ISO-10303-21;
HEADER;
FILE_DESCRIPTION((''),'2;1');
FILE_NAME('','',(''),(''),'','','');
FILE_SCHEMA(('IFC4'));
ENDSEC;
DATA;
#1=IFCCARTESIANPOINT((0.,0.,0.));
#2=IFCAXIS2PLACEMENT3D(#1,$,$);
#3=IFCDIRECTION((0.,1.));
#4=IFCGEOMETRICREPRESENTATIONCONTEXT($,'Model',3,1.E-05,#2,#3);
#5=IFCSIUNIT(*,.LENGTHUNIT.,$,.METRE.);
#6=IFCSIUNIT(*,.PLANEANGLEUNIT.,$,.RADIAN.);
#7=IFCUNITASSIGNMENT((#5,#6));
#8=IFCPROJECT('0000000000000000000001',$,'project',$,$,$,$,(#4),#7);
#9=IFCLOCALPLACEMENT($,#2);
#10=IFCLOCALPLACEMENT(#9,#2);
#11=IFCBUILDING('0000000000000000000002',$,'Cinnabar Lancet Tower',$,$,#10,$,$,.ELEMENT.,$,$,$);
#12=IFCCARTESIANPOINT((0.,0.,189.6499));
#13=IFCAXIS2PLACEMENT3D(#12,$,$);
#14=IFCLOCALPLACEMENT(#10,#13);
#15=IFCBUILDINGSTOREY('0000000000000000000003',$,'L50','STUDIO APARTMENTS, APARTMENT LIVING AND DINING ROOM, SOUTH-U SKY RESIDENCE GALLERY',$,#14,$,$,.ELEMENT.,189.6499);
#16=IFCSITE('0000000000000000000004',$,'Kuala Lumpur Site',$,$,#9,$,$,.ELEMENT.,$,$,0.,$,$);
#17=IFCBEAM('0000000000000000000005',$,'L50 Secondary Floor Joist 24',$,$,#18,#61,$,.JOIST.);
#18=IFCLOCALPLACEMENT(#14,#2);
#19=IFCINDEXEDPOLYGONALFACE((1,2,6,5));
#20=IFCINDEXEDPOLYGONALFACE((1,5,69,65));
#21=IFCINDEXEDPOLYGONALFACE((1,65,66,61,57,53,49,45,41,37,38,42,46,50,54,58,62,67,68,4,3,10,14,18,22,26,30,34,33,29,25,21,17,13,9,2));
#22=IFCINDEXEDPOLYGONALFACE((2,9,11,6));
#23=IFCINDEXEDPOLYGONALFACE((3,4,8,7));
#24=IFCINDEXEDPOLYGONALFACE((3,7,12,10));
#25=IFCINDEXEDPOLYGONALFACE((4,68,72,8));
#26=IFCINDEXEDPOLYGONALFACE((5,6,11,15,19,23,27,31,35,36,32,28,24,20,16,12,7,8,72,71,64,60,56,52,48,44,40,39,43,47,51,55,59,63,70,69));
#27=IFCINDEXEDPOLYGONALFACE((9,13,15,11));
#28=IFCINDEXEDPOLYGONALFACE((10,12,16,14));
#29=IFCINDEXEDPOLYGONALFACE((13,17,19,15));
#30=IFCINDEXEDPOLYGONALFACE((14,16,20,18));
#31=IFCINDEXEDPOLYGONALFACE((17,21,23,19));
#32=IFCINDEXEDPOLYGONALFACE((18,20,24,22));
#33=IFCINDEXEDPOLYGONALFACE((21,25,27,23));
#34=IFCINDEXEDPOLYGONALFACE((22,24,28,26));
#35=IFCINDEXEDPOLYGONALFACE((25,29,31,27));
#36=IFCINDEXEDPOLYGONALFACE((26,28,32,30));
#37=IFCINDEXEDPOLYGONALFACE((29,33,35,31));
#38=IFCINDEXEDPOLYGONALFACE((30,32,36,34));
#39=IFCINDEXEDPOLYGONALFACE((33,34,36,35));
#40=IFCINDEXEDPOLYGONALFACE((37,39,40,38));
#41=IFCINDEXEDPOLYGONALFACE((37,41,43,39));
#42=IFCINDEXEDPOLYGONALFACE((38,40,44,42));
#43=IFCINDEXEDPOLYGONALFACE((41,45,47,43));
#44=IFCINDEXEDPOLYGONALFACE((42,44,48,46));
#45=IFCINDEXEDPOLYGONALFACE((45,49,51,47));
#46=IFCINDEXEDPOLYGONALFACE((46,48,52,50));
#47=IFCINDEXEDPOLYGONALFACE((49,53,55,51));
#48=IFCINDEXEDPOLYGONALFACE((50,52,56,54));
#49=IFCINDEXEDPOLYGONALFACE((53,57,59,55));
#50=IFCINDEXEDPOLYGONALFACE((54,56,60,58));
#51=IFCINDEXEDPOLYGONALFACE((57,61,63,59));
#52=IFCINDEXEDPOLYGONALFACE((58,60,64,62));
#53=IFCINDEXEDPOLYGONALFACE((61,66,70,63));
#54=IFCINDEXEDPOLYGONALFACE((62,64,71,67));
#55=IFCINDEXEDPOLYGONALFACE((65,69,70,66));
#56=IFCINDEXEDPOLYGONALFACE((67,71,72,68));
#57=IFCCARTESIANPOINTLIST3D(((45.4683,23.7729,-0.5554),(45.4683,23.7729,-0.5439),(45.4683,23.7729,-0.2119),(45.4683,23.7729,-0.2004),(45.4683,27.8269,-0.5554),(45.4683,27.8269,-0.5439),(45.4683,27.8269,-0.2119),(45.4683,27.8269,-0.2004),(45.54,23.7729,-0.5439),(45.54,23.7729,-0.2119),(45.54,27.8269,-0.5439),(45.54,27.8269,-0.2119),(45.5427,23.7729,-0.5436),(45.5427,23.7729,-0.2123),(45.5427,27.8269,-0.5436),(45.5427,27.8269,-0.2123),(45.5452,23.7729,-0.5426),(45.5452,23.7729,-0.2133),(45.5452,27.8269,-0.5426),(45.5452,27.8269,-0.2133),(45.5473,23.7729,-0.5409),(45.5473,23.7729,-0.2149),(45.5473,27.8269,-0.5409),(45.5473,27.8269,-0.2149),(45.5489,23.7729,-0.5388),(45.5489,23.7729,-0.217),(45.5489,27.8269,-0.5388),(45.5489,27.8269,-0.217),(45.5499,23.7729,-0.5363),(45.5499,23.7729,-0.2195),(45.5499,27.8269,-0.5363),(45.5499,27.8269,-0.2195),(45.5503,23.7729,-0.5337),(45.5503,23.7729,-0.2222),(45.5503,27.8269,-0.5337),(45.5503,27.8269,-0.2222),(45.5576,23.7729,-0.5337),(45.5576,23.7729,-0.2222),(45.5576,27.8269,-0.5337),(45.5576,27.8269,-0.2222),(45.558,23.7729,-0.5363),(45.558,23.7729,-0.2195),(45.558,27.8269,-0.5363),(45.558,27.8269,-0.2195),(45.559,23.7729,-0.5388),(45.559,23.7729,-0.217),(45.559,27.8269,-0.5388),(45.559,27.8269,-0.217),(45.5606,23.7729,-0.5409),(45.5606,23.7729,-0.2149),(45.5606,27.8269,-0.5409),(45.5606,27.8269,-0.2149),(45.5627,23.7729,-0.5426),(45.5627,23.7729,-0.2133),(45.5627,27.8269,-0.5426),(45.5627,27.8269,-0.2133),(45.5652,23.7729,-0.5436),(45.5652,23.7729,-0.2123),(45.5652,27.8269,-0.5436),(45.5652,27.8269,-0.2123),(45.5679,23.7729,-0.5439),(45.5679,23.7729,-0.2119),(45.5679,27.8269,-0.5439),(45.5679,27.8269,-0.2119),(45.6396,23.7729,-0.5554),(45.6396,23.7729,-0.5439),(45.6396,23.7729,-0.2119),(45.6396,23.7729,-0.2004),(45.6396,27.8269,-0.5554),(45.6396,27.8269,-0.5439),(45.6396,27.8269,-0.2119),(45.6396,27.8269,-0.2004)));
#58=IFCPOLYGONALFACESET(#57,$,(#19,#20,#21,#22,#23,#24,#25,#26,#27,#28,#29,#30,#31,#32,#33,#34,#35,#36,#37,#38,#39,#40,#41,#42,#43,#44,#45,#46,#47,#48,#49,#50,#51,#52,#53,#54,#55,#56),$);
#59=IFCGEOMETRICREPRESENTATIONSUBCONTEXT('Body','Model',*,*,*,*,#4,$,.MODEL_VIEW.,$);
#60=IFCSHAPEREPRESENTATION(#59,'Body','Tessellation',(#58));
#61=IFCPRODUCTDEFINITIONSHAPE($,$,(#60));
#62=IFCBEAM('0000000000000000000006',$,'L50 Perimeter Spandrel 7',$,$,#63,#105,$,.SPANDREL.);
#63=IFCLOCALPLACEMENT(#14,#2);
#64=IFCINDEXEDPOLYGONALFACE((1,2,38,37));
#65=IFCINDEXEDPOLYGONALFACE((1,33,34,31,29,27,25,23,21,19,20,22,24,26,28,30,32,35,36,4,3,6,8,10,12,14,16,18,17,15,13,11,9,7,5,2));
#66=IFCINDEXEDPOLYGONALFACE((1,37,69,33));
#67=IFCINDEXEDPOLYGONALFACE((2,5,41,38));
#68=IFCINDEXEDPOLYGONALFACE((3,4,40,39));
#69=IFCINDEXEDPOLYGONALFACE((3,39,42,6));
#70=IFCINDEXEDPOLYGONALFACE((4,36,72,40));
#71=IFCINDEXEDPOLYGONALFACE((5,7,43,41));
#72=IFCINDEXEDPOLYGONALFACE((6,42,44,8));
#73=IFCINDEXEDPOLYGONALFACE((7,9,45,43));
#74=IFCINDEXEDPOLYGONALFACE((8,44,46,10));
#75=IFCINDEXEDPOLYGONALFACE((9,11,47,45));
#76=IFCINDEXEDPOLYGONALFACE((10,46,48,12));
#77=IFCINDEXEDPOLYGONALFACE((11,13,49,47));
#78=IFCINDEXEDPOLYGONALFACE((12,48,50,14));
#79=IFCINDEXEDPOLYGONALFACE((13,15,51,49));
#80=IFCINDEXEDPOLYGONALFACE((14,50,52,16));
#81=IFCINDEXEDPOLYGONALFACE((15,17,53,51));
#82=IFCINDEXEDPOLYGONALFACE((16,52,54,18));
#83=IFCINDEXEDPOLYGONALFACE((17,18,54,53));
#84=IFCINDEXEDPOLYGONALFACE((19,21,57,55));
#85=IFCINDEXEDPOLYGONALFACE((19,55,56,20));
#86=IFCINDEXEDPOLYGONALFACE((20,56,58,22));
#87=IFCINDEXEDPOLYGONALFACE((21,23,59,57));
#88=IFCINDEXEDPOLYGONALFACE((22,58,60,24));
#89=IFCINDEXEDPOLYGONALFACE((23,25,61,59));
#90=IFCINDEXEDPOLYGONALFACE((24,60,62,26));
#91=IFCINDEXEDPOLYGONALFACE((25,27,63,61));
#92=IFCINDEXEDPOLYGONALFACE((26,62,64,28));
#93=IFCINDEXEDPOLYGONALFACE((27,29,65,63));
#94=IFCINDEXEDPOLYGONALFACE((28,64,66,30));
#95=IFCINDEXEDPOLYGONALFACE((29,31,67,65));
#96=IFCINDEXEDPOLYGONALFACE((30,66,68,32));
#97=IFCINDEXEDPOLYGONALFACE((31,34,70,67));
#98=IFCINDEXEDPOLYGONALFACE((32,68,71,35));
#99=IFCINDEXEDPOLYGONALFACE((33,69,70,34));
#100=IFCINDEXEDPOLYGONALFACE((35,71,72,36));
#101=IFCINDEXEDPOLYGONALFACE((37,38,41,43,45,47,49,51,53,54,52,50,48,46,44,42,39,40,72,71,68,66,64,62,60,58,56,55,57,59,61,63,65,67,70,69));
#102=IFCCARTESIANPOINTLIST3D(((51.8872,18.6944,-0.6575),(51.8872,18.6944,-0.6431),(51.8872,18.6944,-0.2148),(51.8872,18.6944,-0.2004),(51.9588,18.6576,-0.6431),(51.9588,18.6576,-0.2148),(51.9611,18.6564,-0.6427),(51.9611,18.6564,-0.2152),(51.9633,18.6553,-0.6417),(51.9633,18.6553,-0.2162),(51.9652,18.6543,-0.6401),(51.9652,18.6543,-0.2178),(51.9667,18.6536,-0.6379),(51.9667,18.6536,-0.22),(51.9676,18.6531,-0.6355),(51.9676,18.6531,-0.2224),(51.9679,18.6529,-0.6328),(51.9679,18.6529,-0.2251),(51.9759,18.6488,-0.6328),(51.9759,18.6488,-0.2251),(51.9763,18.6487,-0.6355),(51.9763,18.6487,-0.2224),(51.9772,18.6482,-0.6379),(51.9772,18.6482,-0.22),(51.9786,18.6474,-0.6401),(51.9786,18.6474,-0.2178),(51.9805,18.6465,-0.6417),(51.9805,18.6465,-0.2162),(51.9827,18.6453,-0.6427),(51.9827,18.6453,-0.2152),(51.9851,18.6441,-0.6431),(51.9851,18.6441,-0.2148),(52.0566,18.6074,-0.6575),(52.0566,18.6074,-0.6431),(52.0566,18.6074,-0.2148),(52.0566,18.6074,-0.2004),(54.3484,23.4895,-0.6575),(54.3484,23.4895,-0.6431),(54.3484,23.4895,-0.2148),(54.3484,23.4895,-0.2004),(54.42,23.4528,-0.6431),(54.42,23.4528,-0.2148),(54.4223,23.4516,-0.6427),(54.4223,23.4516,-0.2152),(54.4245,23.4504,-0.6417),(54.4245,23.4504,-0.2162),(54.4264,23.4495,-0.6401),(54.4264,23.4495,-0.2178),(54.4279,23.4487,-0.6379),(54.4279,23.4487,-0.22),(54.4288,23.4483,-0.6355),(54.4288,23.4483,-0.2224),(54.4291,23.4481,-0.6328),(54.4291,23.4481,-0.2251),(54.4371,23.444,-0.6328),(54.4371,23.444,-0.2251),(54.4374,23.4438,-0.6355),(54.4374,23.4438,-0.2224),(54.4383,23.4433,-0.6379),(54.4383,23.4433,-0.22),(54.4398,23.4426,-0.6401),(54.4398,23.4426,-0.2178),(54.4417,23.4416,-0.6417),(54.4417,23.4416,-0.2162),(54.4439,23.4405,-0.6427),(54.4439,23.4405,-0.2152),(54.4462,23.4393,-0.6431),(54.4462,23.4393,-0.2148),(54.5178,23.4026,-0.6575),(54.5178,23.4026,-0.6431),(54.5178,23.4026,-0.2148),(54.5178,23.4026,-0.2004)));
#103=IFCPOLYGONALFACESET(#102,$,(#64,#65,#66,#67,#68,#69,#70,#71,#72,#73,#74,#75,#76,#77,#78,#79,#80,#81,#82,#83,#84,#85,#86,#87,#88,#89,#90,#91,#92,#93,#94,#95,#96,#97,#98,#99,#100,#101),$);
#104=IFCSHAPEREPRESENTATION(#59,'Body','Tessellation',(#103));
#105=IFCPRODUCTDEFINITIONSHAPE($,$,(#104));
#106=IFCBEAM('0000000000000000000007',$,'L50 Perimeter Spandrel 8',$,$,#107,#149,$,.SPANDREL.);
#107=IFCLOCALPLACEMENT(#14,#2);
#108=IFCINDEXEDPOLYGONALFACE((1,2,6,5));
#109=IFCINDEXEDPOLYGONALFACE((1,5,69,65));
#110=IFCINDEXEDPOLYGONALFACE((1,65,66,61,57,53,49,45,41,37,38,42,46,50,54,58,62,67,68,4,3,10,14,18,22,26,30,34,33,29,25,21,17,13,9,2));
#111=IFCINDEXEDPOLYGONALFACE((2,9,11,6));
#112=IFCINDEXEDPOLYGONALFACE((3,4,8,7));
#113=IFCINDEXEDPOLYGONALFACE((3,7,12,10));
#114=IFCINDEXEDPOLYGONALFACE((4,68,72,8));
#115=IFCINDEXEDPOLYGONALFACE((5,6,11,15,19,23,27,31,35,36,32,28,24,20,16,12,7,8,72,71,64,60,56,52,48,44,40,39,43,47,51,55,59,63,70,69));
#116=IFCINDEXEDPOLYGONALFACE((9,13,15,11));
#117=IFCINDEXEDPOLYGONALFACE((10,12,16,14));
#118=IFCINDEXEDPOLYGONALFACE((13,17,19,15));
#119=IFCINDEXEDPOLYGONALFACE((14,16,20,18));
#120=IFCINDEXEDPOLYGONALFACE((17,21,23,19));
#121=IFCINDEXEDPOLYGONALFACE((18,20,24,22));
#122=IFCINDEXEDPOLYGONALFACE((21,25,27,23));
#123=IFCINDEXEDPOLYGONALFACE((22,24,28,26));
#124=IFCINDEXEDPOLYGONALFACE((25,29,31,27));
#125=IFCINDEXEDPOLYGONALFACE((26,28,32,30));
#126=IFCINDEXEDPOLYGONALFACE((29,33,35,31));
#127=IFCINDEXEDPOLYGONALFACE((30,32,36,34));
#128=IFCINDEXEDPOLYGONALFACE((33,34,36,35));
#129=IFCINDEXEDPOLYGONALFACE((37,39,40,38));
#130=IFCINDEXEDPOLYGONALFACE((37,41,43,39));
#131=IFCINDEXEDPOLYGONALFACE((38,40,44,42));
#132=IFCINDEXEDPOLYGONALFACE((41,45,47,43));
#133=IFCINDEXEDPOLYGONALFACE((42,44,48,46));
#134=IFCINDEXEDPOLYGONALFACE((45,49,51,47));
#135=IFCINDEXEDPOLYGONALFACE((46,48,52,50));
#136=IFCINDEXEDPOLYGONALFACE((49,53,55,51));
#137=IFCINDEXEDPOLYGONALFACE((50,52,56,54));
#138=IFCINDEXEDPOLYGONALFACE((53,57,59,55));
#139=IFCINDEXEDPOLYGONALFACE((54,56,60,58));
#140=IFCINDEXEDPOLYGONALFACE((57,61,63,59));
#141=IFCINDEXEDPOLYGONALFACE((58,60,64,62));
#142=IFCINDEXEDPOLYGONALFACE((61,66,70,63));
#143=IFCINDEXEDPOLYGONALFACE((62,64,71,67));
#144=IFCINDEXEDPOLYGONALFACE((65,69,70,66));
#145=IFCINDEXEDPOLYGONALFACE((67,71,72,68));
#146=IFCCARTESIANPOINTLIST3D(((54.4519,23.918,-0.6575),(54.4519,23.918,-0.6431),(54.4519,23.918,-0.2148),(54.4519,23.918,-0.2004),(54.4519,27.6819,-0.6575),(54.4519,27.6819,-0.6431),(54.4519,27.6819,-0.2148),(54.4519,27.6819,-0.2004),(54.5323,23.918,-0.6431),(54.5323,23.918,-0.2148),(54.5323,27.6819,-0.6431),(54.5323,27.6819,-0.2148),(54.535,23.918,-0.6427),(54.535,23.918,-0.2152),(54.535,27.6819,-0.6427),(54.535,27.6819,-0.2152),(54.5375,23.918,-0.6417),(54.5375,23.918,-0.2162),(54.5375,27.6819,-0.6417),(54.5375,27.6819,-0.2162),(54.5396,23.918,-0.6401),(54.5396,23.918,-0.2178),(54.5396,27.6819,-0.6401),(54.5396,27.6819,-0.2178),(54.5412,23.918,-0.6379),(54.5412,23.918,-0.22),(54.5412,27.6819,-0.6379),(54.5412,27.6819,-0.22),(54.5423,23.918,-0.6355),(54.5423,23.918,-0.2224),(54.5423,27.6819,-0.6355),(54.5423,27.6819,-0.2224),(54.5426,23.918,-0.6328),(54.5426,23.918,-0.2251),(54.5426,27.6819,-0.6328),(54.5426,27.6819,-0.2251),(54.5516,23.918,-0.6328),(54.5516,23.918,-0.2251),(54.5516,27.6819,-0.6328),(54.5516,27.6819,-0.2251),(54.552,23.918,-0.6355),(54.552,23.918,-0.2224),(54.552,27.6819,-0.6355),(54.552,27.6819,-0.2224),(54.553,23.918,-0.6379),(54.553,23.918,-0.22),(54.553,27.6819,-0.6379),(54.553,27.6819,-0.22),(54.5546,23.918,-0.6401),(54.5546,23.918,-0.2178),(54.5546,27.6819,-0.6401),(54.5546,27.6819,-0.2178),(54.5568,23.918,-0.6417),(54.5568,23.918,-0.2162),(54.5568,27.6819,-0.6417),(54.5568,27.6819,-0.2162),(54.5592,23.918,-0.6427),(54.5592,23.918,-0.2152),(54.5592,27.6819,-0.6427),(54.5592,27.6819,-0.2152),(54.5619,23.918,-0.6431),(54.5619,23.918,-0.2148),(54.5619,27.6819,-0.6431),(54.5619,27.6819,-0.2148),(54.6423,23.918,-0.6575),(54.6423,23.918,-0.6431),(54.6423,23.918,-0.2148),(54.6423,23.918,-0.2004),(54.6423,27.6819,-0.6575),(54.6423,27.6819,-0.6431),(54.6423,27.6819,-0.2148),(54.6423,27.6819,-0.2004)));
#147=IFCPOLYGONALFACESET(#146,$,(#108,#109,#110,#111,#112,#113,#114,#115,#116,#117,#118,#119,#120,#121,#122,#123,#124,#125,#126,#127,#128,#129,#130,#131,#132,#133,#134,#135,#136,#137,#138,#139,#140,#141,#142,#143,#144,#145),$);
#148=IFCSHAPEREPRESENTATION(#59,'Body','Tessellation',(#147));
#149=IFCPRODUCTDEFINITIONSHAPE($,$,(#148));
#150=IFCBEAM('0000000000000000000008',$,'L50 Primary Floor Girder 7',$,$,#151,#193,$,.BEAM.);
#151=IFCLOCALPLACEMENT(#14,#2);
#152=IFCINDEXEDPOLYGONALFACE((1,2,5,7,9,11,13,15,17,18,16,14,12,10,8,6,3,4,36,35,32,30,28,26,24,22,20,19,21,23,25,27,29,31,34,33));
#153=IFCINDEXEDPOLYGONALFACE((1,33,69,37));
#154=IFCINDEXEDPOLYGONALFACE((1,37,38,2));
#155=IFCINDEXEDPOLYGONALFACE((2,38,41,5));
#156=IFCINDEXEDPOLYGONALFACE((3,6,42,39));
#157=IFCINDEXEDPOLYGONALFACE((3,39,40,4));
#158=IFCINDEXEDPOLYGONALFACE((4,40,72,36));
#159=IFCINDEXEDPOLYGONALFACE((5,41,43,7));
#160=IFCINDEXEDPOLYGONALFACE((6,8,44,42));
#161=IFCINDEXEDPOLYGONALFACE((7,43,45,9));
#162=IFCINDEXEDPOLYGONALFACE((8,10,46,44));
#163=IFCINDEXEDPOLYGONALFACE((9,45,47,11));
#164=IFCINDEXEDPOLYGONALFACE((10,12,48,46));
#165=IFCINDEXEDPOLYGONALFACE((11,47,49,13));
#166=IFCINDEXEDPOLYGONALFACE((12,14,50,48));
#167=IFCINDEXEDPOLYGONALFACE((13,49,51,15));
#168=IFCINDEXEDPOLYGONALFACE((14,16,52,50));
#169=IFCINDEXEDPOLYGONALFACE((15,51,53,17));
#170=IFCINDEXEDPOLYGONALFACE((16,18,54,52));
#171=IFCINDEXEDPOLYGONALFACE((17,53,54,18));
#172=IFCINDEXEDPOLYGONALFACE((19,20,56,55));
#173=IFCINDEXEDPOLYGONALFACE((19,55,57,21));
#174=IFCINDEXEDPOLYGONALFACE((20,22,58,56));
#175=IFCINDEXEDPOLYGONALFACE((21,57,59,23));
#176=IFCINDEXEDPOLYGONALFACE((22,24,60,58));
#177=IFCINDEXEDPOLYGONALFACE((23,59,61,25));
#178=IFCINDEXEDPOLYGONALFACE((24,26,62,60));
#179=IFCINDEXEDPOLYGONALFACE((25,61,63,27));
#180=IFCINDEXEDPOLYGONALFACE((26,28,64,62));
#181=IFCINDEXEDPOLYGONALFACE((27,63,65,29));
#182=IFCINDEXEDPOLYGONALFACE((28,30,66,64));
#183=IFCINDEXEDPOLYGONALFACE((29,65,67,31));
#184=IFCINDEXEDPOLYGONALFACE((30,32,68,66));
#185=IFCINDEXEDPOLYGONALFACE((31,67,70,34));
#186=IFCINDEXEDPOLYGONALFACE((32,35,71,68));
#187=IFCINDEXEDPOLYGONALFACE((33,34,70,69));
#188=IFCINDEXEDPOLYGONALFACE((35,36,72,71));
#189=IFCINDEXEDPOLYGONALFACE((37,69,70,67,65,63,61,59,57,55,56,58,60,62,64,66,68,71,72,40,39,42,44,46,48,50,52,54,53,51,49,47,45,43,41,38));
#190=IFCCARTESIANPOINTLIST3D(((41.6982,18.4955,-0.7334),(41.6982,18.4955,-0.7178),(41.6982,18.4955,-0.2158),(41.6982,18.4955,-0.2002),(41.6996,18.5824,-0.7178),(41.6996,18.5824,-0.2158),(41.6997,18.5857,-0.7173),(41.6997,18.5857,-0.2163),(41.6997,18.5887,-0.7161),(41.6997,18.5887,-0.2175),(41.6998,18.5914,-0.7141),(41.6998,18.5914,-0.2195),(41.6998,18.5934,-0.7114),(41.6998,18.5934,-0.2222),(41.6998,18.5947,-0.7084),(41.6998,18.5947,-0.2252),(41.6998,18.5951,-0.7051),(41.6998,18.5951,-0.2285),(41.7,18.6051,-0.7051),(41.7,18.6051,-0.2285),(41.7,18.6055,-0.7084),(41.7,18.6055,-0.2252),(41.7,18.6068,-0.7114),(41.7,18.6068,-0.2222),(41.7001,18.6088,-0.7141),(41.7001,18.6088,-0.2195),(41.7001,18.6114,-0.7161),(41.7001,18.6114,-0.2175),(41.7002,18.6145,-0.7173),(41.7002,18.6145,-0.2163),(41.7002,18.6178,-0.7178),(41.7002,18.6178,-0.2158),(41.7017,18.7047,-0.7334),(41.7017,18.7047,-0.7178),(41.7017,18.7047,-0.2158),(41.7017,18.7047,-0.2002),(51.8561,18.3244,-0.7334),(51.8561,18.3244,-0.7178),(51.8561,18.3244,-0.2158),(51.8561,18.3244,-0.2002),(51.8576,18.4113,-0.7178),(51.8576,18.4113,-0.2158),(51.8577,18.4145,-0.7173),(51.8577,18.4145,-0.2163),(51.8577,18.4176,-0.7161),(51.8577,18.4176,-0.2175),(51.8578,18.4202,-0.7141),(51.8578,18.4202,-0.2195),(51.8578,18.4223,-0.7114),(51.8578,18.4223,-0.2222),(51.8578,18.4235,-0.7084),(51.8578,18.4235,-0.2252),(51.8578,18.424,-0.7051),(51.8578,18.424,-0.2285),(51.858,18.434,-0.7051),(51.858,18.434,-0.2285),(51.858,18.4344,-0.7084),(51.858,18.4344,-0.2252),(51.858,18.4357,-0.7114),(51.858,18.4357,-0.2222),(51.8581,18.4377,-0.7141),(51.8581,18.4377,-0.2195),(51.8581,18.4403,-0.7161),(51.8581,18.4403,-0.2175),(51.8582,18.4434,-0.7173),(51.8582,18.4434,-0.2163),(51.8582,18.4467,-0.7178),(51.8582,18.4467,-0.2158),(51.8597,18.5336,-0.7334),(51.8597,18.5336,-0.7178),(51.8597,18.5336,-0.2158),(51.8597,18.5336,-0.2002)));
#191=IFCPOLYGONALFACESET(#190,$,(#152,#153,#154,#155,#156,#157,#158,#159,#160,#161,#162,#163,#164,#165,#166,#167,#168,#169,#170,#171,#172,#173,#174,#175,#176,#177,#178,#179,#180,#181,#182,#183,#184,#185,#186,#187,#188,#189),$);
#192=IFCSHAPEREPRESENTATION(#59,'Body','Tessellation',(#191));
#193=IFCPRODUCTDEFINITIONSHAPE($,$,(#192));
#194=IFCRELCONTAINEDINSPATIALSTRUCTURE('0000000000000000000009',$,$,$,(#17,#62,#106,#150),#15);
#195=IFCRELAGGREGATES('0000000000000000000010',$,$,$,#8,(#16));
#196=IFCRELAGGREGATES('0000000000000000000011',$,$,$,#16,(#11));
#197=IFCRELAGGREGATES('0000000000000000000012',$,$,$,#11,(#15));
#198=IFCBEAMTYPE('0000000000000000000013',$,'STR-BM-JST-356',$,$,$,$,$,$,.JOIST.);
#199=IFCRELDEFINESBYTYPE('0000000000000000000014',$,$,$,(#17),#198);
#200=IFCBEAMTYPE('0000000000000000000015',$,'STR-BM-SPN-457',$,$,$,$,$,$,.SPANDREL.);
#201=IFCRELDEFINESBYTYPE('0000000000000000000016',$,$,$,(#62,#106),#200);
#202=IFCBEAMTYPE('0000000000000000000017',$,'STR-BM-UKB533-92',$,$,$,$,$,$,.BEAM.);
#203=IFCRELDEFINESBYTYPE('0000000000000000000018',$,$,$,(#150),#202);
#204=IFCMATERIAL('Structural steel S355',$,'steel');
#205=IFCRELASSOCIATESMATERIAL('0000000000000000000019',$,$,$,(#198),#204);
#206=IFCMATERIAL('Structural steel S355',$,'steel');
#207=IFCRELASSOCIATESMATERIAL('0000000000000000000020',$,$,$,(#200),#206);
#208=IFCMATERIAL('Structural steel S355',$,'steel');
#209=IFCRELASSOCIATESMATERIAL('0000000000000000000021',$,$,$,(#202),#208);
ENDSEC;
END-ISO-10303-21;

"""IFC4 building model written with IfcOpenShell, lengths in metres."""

from ifc_helpers import new_model, si_unit, direction, frame, origin, origin_2d, place, context, subcontext, project, spatial, i_section, extrude, material, material_profile, profile_set, type_object, element, save


model = new_model("IFC4")

# Units and contexts
model_context = context("Model", 3, precision=1e-05, world=origin(), true_north=direction((0.0, 1.0)))
body_context = subcontext(model_context, "Body", "Model", "MODEL_VIEW")
ifc_project = project(units=[si_unit("LENGTHUNIT", "METRE"), si_unit("PLANEANGLEUNIT", "RADIAN")], contexts=[model_context])

# Site, building, storey
site_placement = place(None, origin())
site = spatial("IfcSite", under=ifc_project, at=site_placement, Name="Kuala Lumpur Site", CompositionType="ELEMENT", RefElevation=0.0)
building_placement = place(site_placement, origin())
building = spatial("IfcBuilding", under=site, at=building_placement, Name="Cinnabar Lancet Tower", CompositionType="ELEMENT")
storey_placement = place(building_placement, frame((0.0, 0.0, 189.6499)))
storey = spatial("IfcBuildingStorey", under=building, at=storey_placement, Name="L50", Description="STUDIO APARTMENTS, APARTMENT LIVING AND DINING ROOM, SOUTH-U SKY RESIDENCE GALLERY", CompositionType="ELEMENT", Elevation=189.6499)

# Beams
ifc_material_1 = material(Name="Structural steel S355", Category="steel")
ifc_material_profile_1 = material_profile(ifc_material_1, i_section(OverallWidth=0.1714, OverallDepth=0.355, WebThickness=0.0073, FlangeThickness=0.0115, FilletRadius=0.0103, at=origin_2d()), Name="UKB 356x171x51")
ifc_profile_set_1 = profile_set([ifc_material_profile_1], Name="Structural steel S355")
beam_type_1 = type_object("IfcBeamType", Name="STR-BM-JST-356", PredefinedType="JOIST", material=ifc_profile_set_1)
for number, where, z_axis, x_axis, name in (
    (1, (45.554, 23.7729, -0.3779), (0.0, 1.0, 0.0), (-1.0, 0.0, 0.0), "L50 Secondary Floor Joist 24"),
):
    element("IfcBeam", number, at=place(storey_placement, frame(where, z_axis=z_axis, x_axis=x_axis)), inside=storey, type_object=beam_type_1, Name=name, PredefinedType="JOIST", context=body_context, shape_type="SweptSolid", body=[
        extrude(i_section(OverallWidth=0.1714, OverallDepth=0.355, WebThickness=0.0073, FlangeThickness=0.0115, FilletRadius=0.0103, at=origin_2d()), origin(), (0.0, 0.0, 1.0), 4.054),
    ])
ifc_material_2 = material(Name="Structural steel S355", Category="steel")
ifc_material_profile_2 = material_profile(ifc_material_2, i_section(OverallWidth=0.1904, OverallDepth=0.457, WebThickness=0.009, FlangeThickness=0.0144, FilletRadius=0.0103, at=origin_2d()), Name="UKB 457x191x74")
ifc_profile_set_2 = profile_set([ifc_material_profile_2], Name="Structural steel S355")
beam_type_2 = type_object("IfcBeamType", Name="STR-BM-SPN-457", PredefinedType="SPANDREL", material=ifc_profile_set_2)
beam_1_placement = place(storey_placement, frame((51.9719, 18.6509, -0.429), z_axis=(0.456628, 0.889658, 0.0), x_axis=(-0.889658, 0.456628, 0.0)))
element("IfcBeam", 2, at=beam_1_placement, inside=storey, type_object=beam_type_2, Name="L50 Perimeter Spandrel 7", PredefinedType="SPANDREL", context=body_context, shape_type="SweptSolid", body=[
    extrude(i_section(OverallWidth=0.1904, OverallDepth=0.457, WebThickness=0.009, FlangeThickness=0.0144, FilletRadius=0.0103, at=origin_2d()), origin(), (0.0, 0.0, 1.0), 5.3899),
])
beam_2_placement = place(storey_placement, frame((54.5471, 23.918, -0.429), z_axis=(0.0, 1.0, 0.0), x_axis=(-1.0, 0.0, 0.0)))
element("IfcBeam", 3, at=beam_2_placement, inside=storey, type_object=beam_type_2, Name="L50 Perimeter Spandrel 8", PredefinedType="SPANDREL", context=body_context, shape_type="SweptSolid", body=[
    extrude(i_section(OverallWidth=0.1904, OverallDepth=0.457, WebThickness=0.009, FlangeThickness=0.0144, FilletRadius=0.0103, at=origin_2d()), origin(), (0.0, 0.0, 1.0), 3.7639),
])
ifc_material_3 = material(Name="Structural steel S355", Category="steel")
ifc_material_profile_3 = material_profile(ifc_material_3, i_section(OverallWidth=0.2092, OverallDepth=0.5332, WebThickness=0.01, FlangeThickness=0.0156, FilletRadius=0.0127, at=origin_2d()), Name="UKB 533x210x92")
ifc_profile_set_3 = profile_set([ifc_material_profile_3], Name="Structural steel S355")
beam_type_3 = type_object("IfcBeamType", Name="STR-BM-UKB533-92", PredefinedType="BEAM", material=ifc_profile_set_3)
beam_3_placement = place(storey_placement, frame((51.8579, 18.429, -0.4668), z_axis=(-0.999858, 0.016846, 0.0), x_axis=(-0.016846, -0.999858, 0.0)))
element("IfcBeam", 4, at=beam_3_placement, inside=storey, type_object=beam_type_3, Name="L50 Primary Floor Girder 7", PredefinedType="BEAM", context=body_context, shape_type="SweptSolid", body=[
    extrude(i_section(OverallWidth=0.2092, OverallDepth=0.5332, WebThickness=0.01, FlangeThickness=0.0156, FilletRadius=0.0127, at=origin_2d()), origin(), (0.0, 0.0, 1.0), 10.1594),
])

save(model, "model.ifc")
